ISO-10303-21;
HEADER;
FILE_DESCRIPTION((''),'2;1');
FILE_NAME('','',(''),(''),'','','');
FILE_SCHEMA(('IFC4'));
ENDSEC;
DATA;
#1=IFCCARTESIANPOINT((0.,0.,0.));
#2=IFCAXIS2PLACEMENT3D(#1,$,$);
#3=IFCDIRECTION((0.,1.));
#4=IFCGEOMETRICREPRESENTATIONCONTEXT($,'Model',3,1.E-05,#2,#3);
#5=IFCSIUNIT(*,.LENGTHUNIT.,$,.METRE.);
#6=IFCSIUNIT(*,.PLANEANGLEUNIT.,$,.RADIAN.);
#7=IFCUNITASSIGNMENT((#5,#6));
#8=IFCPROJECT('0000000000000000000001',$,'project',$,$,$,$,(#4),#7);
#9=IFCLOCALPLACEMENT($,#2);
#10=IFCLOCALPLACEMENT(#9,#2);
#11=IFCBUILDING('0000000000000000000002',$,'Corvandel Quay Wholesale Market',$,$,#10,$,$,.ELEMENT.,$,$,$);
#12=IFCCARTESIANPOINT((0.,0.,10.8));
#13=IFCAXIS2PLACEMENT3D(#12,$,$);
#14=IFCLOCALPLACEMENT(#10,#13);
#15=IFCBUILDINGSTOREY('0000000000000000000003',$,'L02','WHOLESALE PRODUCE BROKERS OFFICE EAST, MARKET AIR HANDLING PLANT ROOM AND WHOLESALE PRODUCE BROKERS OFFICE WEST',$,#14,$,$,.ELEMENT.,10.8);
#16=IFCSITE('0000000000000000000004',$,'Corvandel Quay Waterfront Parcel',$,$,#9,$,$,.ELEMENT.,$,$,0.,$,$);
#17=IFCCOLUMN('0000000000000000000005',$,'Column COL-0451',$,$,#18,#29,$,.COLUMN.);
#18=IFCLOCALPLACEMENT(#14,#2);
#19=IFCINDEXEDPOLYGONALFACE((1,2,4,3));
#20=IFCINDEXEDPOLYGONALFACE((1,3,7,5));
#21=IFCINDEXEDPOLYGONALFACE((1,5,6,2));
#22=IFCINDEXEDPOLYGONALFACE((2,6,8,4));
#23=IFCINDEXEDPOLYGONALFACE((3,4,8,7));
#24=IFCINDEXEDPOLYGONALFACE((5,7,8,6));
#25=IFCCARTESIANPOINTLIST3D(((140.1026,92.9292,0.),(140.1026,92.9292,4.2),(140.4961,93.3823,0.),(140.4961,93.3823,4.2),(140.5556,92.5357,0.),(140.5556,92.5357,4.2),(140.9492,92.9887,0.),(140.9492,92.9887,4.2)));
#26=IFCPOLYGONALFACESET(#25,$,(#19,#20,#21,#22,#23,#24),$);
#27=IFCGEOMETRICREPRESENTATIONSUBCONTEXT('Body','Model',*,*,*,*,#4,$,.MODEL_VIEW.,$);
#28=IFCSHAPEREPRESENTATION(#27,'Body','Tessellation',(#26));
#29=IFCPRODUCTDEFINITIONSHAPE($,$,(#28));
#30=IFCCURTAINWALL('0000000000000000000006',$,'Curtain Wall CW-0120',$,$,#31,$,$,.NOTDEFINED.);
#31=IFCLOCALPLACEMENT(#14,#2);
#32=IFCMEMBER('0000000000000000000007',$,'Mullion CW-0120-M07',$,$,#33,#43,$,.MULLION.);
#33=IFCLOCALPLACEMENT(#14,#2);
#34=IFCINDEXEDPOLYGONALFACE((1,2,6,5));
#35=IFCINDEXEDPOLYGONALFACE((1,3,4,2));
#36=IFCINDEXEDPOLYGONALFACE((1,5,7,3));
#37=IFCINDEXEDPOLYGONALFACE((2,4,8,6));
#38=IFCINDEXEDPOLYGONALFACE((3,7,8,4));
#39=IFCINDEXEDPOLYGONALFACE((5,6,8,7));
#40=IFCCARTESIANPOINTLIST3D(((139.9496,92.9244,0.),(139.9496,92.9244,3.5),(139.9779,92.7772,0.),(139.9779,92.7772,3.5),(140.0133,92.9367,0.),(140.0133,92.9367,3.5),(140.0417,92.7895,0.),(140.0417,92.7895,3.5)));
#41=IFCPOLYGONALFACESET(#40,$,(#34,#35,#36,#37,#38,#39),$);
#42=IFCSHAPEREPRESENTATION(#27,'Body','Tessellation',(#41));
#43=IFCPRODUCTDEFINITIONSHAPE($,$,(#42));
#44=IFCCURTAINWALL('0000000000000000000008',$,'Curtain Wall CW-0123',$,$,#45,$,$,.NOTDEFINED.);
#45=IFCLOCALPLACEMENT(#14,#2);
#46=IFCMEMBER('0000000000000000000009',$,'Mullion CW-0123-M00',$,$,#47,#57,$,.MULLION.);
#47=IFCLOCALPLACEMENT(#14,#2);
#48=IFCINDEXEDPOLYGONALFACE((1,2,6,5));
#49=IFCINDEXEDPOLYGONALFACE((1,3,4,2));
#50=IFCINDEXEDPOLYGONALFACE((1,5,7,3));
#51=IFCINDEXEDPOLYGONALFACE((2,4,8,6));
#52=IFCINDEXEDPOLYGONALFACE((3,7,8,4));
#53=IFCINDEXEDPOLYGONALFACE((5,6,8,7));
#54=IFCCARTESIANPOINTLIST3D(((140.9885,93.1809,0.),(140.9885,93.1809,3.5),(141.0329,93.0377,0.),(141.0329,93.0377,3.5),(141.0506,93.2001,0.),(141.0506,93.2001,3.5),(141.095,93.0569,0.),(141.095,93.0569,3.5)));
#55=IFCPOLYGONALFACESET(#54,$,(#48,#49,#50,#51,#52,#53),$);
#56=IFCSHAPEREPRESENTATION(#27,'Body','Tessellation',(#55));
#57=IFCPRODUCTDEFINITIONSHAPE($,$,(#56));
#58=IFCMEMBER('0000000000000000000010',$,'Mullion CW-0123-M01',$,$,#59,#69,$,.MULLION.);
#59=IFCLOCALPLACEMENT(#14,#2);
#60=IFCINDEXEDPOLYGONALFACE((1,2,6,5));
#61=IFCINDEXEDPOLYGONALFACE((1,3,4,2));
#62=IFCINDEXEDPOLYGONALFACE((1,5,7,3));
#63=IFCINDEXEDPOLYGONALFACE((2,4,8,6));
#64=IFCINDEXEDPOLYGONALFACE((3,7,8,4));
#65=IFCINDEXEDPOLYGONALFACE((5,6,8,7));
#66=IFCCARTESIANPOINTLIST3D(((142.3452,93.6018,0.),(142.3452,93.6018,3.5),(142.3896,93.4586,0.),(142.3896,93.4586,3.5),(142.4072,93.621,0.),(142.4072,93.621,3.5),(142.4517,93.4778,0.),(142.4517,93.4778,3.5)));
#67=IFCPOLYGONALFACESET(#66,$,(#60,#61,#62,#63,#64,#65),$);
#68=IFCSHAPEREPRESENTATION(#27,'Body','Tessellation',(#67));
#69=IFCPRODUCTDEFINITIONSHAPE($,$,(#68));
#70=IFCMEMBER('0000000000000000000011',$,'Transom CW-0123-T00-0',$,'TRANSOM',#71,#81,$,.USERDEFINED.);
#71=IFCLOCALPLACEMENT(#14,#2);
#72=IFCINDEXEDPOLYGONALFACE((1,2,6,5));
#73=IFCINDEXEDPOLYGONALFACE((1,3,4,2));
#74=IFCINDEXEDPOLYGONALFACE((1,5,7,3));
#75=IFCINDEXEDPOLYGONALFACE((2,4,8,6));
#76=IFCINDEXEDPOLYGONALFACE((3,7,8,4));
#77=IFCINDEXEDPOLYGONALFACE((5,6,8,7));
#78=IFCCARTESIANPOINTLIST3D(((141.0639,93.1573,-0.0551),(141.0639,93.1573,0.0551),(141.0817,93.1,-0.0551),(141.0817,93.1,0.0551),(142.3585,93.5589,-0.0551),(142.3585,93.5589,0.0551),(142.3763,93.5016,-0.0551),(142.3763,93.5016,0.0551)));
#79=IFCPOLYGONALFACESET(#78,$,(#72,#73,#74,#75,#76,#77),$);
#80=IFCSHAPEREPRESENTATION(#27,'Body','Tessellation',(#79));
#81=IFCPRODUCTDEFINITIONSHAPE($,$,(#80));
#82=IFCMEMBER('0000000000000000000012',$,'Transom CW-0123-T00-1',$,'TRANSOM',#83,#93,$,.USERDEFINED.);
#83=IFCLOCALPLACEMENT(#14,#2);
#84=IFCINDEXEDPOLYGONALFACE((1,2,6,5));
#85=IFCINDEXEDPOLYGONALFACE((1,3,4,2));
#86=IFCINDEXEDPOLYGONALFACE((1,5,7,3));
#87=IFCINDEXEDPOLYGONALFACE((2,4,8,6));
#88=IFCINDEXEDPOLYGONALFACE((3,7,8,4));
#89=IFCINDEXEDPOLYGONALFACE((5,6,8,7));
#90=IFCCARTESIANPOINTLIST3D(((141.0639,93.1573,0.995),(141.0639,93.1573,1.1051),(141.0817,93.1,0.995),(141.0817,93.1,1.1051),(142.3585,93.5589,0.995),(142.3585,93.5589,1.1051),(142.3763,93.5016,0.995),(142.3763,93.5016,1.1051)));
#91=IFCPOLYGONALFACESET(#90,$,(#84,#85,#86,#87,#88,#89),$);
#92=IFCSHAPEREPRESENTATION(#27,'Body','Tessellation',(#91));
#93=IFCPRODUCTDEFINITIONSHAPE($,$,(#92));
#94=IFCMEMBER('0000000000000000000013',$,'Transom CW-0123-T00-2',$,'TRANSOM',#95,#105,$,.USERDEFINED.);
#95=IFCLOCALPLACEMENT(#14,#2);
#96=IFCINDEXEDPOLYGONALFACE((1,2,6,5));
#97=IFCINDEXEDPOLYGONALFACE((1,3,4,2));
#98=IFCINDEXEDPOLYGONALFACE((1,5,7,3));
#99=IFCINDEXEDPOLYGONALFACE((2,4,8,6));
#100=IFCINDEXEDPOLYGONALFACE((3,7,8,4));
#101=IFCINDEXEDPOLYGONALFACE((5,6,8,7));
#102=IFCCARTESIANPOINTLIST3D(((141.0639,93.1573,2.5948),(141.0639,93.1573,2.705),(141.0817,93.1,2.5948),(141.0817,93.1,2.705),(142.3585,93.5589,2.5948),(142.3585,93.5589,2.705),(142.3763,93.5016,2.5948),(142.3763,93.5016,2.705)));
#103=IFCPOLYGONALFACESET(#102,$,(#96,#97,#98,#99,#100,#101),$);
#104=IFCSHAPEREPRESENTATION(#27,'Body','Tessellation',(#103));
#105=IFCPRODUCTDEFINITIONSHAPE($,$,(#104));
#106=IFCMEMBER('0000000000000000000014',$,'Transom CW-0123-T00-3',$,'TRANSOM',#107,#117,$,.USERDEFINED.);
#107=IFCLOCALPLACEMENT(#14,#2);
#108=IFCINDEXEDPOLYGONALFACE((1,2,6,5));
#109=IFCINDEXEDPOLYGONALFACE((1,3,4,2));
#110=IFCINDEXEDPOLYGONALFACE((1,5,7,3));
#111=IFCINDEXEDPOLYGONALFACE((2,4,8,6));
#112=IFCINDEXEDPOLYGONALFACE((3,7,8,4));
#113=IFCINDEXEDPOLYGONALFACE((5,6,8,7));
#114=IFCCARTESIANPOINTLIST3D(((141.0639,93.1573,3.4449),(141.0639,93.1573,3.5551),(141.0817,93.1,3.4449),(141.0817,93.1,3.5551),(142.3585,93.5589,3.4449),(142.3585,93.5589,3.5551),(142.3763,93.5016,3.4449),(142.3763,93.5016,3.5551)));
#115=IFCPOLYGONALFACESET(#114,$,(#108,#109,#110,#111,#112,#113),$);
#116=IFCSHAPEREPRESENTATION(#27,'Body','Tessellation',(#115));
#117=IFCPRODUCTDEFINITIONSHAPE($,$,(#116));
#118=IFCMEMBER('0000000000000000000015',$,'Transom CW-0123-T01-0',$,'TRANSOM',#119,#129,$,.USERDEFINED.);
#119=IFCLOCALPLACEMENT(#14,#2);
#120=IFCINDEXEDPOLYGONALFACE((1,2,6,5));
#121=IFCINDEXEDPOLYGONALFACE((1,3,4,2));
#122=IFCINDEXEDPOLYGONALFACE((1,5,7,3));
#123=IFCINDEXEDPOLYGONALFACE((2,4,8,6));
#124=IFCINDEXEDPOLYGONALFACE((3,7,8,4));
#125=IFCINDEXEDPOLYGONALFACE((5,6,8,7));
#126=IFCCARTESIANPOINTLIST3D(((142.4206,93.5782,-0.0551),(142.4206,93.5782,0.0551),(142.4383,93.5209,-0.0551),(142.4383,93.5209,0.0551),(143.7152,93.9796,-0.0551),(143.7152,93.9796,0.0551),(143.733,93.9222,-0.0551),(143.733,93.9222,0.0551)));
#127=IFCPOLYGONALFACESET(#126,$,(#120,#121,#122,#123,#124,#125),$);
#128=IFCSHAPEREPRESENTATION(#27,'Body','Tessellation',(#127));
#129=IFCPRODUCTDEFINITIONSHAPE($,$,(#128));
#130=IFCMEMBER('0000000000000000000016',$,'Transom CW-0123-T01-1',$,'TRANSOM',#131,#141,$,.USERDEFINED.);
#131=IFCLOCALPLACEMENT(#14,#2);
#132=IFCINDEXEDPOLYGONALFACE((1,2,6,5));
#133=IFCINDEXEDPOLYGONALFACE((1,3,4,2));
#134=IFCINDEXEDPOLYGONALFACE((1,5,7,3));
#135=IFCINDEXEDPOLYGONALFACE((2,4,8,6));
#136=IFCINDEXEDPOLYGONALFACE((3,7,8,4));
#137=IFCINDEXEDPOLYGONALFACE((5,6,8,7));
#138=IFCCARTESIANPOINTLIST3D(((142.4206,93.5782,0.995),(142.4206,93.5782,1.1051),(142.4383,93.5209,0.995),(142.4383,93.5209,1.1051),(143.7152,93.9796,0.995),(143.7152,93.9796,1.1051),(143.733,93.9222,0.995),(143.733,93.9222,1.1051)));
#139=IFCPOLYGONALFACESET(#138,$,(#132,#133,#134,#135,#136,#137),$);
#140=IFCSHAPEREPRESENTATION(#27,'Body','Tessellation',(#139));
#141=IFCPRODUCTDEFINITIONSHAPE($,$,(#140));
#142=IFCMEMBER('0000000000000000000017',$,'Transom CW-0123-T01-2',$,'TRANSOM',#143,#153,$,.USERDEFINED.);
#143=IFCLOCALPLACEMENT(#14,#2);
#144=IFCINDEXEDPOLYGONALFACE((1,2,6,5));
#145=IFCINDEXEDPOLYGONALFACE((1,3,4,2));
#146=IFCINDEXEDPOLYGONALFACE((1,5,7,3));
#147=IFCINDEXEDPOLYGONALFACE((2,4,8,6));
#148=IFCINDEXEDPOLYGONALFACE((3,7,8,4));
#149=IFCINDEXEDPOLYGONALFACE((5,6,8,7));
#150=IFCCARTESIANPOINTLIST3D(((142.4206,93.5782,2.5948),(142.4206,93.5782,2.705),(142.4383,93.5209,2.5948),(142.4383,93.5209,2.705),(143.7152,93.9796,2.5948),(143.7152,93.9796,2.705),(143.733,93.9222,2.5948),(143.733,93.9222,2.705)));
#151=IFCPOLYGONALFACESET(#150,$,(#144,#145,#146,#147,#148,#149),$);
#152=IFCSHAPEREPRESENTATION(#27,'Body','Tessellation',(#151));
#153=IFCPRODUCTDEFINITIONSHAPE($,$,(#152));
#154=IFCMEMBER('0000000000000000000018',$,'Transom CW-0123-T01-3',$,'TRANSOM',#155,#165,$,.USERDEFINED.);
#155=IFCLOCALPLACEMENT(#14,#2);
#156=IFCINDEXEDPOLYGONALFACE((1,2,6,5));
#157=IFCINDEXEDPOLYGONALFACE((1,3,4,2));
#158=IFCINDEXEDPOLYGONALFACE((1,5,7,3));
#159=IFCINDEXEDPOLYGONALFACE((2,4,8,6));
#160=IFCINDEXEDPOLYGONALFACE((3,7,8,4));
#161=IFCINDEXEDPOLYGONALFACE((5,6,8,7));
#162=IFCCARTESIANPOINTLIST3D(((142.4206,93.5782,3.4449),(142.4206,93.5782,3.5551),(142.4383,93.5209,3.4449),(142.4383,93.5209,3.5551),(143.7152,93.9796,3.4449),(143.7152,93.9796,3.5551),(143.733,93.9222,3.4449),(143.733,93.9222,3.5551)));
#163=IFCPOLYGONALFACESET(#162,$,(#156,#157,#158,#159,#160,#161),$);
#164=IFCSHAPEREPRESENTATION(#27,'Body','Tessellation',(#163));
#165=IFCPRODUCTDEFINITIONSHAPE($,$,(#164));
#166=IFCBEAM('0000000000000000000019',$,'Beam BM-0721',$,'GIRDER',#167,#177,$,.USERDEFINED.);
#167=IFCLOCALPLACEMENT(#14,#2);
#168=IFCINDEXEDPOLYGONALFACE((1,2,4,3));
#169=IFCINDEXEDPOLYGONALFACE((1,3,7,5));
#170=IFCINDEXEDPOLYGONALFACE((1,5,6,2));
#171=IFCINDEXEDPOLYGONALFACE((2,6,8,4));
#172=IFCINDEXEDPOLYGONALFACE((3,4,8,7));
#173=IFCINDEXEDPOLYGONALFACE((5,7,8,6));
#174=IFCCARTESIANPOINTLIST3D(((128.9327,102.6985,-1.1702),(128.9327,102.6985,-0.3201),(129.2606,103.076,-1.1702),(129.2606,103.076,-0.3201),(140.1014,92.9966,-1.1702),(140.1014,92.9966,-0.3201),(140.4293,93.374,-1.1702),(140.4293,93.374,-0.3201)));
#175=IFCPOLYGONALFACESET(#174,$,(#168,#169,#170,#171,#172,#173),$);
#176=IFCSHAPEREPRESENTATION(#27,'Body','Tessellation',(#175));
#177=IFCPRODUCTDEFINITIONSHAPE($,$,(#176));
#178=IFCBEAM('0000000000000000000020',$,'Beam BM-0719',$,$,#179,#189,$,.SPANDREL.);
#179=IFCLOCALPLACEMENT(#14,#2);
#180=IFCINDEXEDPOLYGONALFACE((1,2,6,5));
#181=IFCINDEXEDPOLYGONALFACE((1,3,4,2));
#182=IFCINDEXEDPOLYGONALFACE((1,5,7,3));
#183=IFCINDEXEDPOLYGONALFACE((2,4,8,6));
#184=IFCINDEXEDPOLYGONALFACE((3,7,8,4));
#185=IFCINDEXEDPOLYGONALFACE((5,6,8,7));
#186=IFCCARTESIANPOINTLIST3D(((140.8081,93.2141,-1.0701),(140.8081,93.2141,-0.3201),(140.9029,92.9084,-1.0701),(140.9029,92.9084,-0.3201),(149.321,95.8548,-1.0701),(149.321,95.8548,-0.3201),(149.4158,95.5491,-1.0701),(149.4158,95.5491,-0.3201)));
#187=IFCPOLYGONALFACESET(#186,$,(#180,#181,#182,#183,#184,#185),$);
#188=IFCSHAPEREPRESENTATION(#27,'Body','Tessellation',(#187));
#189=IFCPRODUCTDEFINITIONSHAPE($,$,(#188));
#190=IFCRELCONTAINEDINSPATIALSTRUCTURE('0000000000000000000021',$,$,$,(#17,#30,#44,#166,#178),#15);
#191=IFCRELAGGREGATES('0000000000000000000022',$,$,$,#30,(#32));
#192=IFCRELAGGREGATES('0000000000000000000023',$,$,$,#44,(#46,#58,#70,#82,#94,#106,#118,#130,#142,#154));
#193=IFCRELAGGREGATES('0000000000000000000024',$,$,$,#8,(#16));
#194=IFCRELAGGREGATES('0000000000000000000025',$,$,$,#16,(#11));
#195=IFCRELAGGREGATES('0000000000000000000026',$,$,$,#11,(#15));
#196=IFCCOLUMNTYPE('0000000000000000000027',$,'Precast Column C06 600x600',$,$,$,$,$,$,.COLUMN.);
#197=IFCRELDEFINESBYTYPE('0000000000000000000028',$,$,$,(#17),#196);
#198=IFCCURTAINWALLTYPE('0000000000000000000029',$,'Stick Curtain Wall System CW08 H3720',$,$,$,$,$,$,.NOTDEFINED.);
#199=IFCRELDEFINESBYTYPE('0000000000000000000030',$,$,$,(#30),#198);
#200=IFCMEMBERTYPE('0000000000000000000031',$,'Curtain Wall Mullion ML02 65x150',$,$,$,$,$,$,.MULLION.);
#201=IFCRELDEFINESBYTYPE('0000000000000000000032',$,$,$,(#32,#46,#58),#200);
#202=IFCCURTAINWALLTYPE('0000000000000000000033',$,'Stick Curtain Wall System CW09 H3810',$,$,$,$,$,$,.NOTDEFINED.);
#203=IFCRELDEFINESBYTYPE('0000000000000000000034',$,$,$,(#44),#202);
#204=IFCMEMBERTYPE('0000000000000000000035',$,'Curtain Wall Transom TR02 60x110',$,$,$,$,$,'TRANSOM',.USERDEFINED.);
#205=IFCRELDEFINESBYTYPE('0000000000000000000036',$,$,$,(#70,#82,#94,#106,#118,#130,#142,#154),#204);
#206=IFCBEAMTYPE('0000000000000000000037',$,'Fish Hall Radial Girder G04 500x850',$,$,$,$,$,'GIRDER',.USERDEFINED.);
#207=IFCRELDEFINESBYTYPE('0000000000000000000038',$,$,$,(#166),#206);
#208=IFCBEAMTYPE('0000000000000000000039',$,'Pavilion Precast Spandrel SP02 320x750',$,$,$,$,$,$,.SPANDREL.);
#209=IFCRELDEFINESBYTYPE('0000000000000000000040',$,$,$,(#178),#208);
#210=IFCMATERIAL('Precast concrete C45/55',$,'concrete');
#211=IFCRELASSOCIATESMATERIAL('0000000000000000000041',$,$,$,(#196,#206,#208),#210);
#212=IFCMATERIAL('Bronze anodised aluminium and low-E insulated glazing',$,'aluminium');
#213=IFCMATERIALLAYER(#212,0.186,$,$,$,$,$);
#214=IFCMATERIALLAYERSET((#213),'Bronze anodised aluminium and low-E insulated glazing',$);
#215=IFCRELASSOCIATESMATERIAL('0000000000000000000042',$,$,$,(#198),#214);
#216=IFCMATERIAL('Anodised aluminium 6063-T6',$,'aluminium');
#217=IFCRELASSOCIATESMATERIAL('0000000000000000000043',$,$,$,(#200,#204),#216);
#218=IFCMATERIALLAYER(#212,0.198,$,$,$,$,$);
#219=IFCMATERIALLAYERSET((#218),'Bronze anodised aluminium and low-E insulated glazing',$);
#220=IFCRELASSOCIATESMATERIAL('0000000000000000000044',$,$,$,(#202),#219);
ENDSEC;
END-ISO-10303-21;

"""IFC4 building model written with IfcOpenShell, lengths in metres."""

from ifc_helpers import new_model, si_unit, direction, frame, origin, origin_2d, place, context, subcontext, project, spatial, rectangle, extrude, material, layer, layer_set, material_profile, profile_set, type_object, element, aggregate, save


model = new_model("IFC4")

# Units and contexts
model_context = context("Model", 3, precision=1e-05, world=origin(), true_north=direction((0.0, 1.0)))
body_context = subcontext(model_context, "Body", "Model", "MODEL_VIEW")
ifc_project = project(units=[si_unit("LENGTHUNIT", "METRE"), si_unit("PLANEANGLEUNIT", "RADIAN")], contexts=[model_context])

# Site, building, storey
site_placement = place(None, origin())
site = spatial("IfcSite", under=ifc_project, at=site_placement, Name="Corvandel Quay Waterfront Parcel", CompositionType="ELEMENT", RefElevation=0.0)
building_placement = place(site_placement, origin())
building = spatial("IfcBuilding", under=site, at=building_placement, Name="Corvandel Quay Wholesale Market", CompositionType="ELEMENT")
storey_placement = place(building_placement, frame((0.0, 0.0, 10.8)))
storey = spatial("IfcBuildingStorey", under=building, at=storey_placement, Name="L02", Description="WHOLESALE PRODUCE BROKERS OFFICE EAST, MARKET AIR HANDLING PLANT ROOM AND WHOLESALE PRODUCE BROKERS OFFICE WEST", CompositionType="ELEMENT", Elevation=10.8)

# Column
ifc_material_1 = material(Name="Precast concrete C45/55", Category="concrete")
ifc_material_profile_1 = material_profile(ifc_material_1, rectangle(XDim=0.6001, YDim=0.6001, at=origin_2d()), Name="PC-COL-600x600")
ifc_profile_set_1 = profile_set([ifc_material_profile_1], Name="Precast concrete C45/55")
column_type = type_object("IfcColumnType", Name="Precast Column C06 600x600", PredefinedType="COLUMN", material=ifc_profile_set_1)
column_placement = place(storey_placement, frame((140.5259, 92.959, 0.0), z_axis=(0.0, 0.0, 1.0), x_axis=(0.655796, 0.754939, 0.0)))
element("IfcColumn", 1, at=column_placement, inside=storey, type_object=column_type, Name="Column COL-0451", PredefinedType="COLUMN", context=body_context, shape_type="SweptSolid", body=[
    extrude(rectangle(XDim=0.6001, YDim=0.6001, at=origin_2d()), origin(), (0.0, 0.0, 1.0), 4.2),
])

# Curtain wall, member
ifc_material_2 = material(Name="Bronze anodised aluminium and low-E insulated glazing", Category="aluminium")
ifc_layer_1 = layer(ifc_material_2, 0.186)
ifc_layer_set_1 = layer_set([ifc_layer_1], Name="Bronze anodised aluminium and low-E insulated glazing")
curtain_wall_type_1 = type_object("IfcCurtainWallType", Name="Stick Curtain Wall System CW08 H3720", PredefinedType="NOTDEFINED", material=ifc_layer_set_1)
curtain_wall_1_placement = place(storey_placement, origin())
curtain_wall_1 = element("IfcCurtainWall", 2, at=curtain_wall_1_placement, inside=storey, type_object=curtain_wall_type_1, Name="Curtain Wall CW-0120", PredefinedType="NOTDEFINED")
ifc_material_3 = material(Name="Anodised aluminium 6063-T6", Category="aluminium")
ifc_material_profile_2 = material_profile(ifc_material_3, rectangle(XDim=0.0649, YDim=0.1499, at=origin_2d()), Name="ALU-MUL-65x150")
ifc_profile_set_2 = profile_set([ifc_material_profile_2], Name="Anodised aluminium 6063-T6")
member_type_1 = type_object("IfcMemberType", Name="Curtain Wall Mullion ML02 65x150", PredefinedType="MULLION", material=ifc_profile_set_2)
member_1_placement = place(storey_placement, frame((139.9956, 92.8569, 0.0), z_axis=(0.0, 0.0, 1.0), x_axis=(0.981992, 0.188924, 0.0)))
member_1 = element("IfcMember", 3, at=member_1_placement, type_object=member_type_1, Name="Mullion CW-0120-M07", PredefinedType="MULLION", context=body_context, shape_type="SweptSolid", body=[
    extrude(rectangle(XDim=0.0649, YDim=0.1499, at=origin_2d()), origin(), (0.0, 0.0, 1.0), 3.5),
])

# Curtain wall, members
ifc_layer_2 = layer(ifc_material_2, 0.198)
ifc_layer_set_2 = layer_set([ifc_layer_2], Name="Bronze anodised aluminium and low-E insulated glazing")
curtain_wall_type_2 = type_object("IfcCurtainWallType", Name="Stick Curtain Wall System CW09 H3810", PredefinedType="NOTDEFINED", material=ifc_layer_set_2)
curtain_wall_2_placement = place(storey_placement, origin())
curtain_wall_2 = element("IfcCurtainWall", 4, at=curtain_wall_2_placement, inside=storey, type_object=curtain_wall_type_2, Name="Curtain Wall CW-0123", PredefinedType="NOTDEFINED")
member_2_placement = place(storey_placement, frame((141.0417, 93.1189, 0.0), z_axis=(0.0, 0.0, 1.0), x_axis=(0.955123, 0.296208, 0.0)))
member_2 = element("IfcMember", 5, at=member_2_placement, type_object=member_type_1, Name="Mullion CW-0123-M00", PredefinedType="MULLION", context=body_context, shape_type="SweptSolid", body=[
    extrude(rectangle(XDim=0.0649, YDim=0.1499, at=origin_2d()), origin(), (0.0, 0.0, 1.0), 3.5),
])
member_3_placement = place(storey_placement, frame((142.3984, 93.5398, 0.0), z_axis=(0.0, 0.0, 1.0), x_axis=(0.955123, 0.296208, 0.0)))
member_3 = element("IfcMember", 6, at=member_3_placement, type_object=member_type_1, Name="Mullion CW-0123-M01", PredefinedType="MULLION", context=body_context, shape_type="SweptSolid", body=[
    extrude(rectangle(XDim=0.0649, YDim=0.1499, at=origin_2d()), origin(), (0.0, 0.0, 1.0), 3.5),
])
ifc_material_profile_3 = material_profile(ifc_material_3, rectangle(XDim=0.0601, YDim=0.1101, at=origin_2d()), Name="ALU-TRN-60x110")
ifc_profile_set_3 = profile_set([ifc_material_profile_3], Name="Anodised aluminium 6063-T6")
member_type_2 = type_object("IfcMemberType", Name="Curtain Wall Transom TR02 60x110", ElementType="TRANSOM", PredefinedType="USERDEFINED", material=ifc_profile_set_3)
member_4_placement = place(storey_placement, frame((141.0728, 93.1287, 0.0), z_axis=(0.955103, 0.296275, 0.0), x_axis=(-0.296275, 0.955103, 0.0)))
member_4 = element("IfcMember", 7, at=member_4_placement, type_object=member_type_2, Name="Transom CW-0123-T00-0", ObjectType="TRANSOM", PredefinedType="USERDEFINED", context=body_context, shape_type="SweptSolid", body=[
    extrude(rectangle(XDim=0.0601, YDim=0.1101, at=origin_2d()), origin(), (0.0, 0.0, 1.0), 1.3555),
])
member_5_placement = place(storey_placement, frame((141.0728, 93.1287, 1.05), z_axis=(0.955103, 0.296275, 0.0), x_axis=(-0.296275, 0.955103, 0.0)))
member_5 = element("IfcMember", 8, at=member_5_placement, type_object=member_type_2, Name="Transom CW-0123-T00-1", ObjectType="TRANSOM", PredefinedType="USERDEFINED", context=body_context, shape_type="SweptSolid", body=[
    extrude(rectangle(XDim=0.0601, YDim=0.1101, at=origin_2d()), origin(), (0.0, 0.0, 1.0), 1.3555),
])
member_6_placement = place(storey_placement, frame((141.0728, 93.1287, 2.6499), z_axis=(0.955103, 0.296275, 0.0), x_axis=(-0.296275, 0.955103, 0.0)))
member_6 = element("IfcMember", 9, at=member_6_placement, type_object=member_type_2, Name="Transom CW-0123-T00-2", ObjectType="TRANSOM", PredefinedType="USERDEFINED", context=body_context, shape_type="SweptSolid", body=[
    extrude(rectangle(XDim=0.0601, YDim=0.1101, at=origin_2d()), origin(), (0.0, 0.0, 1.0), 1.3555),
])
member_7_placement = place(storey_placement, frame((141.0728, 93.1287, 3.5), z_axis=(0.955103, 0.296275, 0.0), x_axis=(-0.296275, 0.955103, 0.0)))
member_7 = element("IfcMember", 10, at=member_7_placement, type_object=member_type_2, Name="Transom CW-0123-T00-3", ObjectType="TRANSOM", PredefinedType="USERDEFINED", context=body_context, shape_type="SweptSolid", body=[
    extrude(rectangle(XDim=0.0601, YDim=0.1101, at=origin_2d()), origin(), (0.0, 0.0, 1.0), 1.3555),
])
member_8_placement = place(storey_placement, frame((142.4294, 93.5496, 0.0), z_axis=(0.955154, 0.29611, 0.0), x_axis=(-0.29611, 0.955154, 0.0)))
member_8 = element("IfcMember", 11, at=member_8_placement, type_object=member_type_2, Name="Transom CW-0123-T01-0", ObjectType="TRANSOM", PredefinedType="USERDEFINED", context=body_context, shape_type="SweptSolid", body=[
    extrude(rectangle(XDim=0.0601, YDim=0.1101, at=origin_2d()), origin(), (0.0, 0.0, 1.0), 1.3555),
])
member_9_placement = place(storey_placement, frame((142.4294, 93.5496, 1.05), z_axis=(0.955154, 0.29611, 0.0), x_axis=(-0.29611, 0.955154, 0.0)))
member_9 = element("IfcMember", 12, at=member_9_placement, type_object=member_type_2, Name="Transom CW-0123-T01-1", ObjectType="TRANSOM", PredefinedType="USERDEFINED", context=body_context, shape_type="SweptSolid", body=[
    extrude(rectangle(XDim=0.0601, YDim=0.1101, at=origin_2d()), origin(), (0.0, 0.0, 1.0), 1.3555),
])
member_10_placement = place(storey_placement, frame((142.4294, 93.5496, 2.6499), z_axis=(0.955154, 0.29611, 0.0), x_axis=(-0.29611, 0.955154, 0.0)))
member_10 = element("IfcMember", 13, at=member_10_placement, type_object=member_type_2, Name="Transom CW-0123-T01-2", ObjectType="TRANSOM", PredefinedType="USERDEFINED", context=body_context, shape_type="SweptSolid", body=[
    extrude(rectangle(XDim=0.0601, YDim=0.1101, at=origin_2d()), origin(), (0.0, 0.0, 1.0), 1.3555),
])
member_11_placement = place(storey_placement, frame((142.4294, 93.5496, 3.5), z_axis=(0.955154, 0.29611, 0.0), x_axis=(-0.29611, 0.955154, 0.0)))
member_11 = element("IfcMember", 14, at=member_11_placement, type_object=member_type_2, Name="Transom CW-0123-T01-3", ObjectType="TRANSOM", PredefinedType="USERDEFINED", context=body_context, shape_type="SweptSolid", body=[
    extrude(rectangle(XDim=0.0601, YDim=0.1101, at=origin_2d()), origin(), (0.0, 0.0, 1.0), 1.3555),
])

# Beams
ifc_material_profile_4 = material_profile(ifc_material_1, rectangle(XDim=0.5, YDim=0.8501, at=origin_2d()), Name="PC-GIR-500x850")
ifc_profile_set_4 = profile_set([ifc_material_profile_4], Name="Precast concrete C45/55")
beam_type_1 = type_object("IfcBeamType", Name="Fish Hall Radial Girder G04 500x850", ElementType="GIRDER", PredefinedType="USERDEFINED", material=ifc_profile_set_4)
beam_1_placement = place(storey_placement, frame((140.2654, 93.1853, -0.7451), z_axis=(-0.75494, 0.655793, 0.0), x_axis=(-0.655793, -0.75494, 0.0)))
element("IfcBeam", 15, at=beam_1_placement, inside=storey, type_object=beam_type_1, Name="Beam BM-0721", ObjectType="GIRDER", PredefinedType="USERDEFINED", context=body_context, shape_type="SweptSolid", body=[
    extrude(rectangle(XDim=0.5, YDim=0.8501, at=origin_2d()), origin(), (0.0, 0.0, 1.0), 14.7942),
])
ifc_material_profile_5 = material_profile(ifc_material_1, rectangle(XDim=0.3201, YDim=0.75, at=origin_2d()), Name="PC-SPN-320x750")
ifc_profile_set_5 = profile_set([ifc_material_profile_5], Name="Precast concrete C45/55")
beam_type_2 = type_object("IfcBeamType", Name="Pavilion Precast Spandrel SP02 320x750", PredefinedType="SPANDREL", material=ifc_profile_set_5)
beam_2_placement = place(storey_placement, frame((140.8555, 93.0613, -0.6951), z_axis=(0.955106, 0.296264, 0.0), x_axis=(-0.296264, 0.955106, 0.0)))
element("IfcBeam", 16, at=beam_2_placement, inside=storey, type_object=beam_type_2, Name="Beam BM-0719", PredefinedType="SPANDREL", context=body_context, shape_type="SweptSolid", body=[
    extrude(rectangle(XDim=0.3201, YDim=0.75, at=origin_2d()), origin(), (0.0, 0.0, 1.0), 8.9131),
])

aggregate(curtain_wall_1, [member_1])
aggregate(curtain_wall_2, [member_2, member_3, member_4, member_5, member_6, member_7, member_8, member_9, member_10, member_11])

save(model, "model.ifc")
